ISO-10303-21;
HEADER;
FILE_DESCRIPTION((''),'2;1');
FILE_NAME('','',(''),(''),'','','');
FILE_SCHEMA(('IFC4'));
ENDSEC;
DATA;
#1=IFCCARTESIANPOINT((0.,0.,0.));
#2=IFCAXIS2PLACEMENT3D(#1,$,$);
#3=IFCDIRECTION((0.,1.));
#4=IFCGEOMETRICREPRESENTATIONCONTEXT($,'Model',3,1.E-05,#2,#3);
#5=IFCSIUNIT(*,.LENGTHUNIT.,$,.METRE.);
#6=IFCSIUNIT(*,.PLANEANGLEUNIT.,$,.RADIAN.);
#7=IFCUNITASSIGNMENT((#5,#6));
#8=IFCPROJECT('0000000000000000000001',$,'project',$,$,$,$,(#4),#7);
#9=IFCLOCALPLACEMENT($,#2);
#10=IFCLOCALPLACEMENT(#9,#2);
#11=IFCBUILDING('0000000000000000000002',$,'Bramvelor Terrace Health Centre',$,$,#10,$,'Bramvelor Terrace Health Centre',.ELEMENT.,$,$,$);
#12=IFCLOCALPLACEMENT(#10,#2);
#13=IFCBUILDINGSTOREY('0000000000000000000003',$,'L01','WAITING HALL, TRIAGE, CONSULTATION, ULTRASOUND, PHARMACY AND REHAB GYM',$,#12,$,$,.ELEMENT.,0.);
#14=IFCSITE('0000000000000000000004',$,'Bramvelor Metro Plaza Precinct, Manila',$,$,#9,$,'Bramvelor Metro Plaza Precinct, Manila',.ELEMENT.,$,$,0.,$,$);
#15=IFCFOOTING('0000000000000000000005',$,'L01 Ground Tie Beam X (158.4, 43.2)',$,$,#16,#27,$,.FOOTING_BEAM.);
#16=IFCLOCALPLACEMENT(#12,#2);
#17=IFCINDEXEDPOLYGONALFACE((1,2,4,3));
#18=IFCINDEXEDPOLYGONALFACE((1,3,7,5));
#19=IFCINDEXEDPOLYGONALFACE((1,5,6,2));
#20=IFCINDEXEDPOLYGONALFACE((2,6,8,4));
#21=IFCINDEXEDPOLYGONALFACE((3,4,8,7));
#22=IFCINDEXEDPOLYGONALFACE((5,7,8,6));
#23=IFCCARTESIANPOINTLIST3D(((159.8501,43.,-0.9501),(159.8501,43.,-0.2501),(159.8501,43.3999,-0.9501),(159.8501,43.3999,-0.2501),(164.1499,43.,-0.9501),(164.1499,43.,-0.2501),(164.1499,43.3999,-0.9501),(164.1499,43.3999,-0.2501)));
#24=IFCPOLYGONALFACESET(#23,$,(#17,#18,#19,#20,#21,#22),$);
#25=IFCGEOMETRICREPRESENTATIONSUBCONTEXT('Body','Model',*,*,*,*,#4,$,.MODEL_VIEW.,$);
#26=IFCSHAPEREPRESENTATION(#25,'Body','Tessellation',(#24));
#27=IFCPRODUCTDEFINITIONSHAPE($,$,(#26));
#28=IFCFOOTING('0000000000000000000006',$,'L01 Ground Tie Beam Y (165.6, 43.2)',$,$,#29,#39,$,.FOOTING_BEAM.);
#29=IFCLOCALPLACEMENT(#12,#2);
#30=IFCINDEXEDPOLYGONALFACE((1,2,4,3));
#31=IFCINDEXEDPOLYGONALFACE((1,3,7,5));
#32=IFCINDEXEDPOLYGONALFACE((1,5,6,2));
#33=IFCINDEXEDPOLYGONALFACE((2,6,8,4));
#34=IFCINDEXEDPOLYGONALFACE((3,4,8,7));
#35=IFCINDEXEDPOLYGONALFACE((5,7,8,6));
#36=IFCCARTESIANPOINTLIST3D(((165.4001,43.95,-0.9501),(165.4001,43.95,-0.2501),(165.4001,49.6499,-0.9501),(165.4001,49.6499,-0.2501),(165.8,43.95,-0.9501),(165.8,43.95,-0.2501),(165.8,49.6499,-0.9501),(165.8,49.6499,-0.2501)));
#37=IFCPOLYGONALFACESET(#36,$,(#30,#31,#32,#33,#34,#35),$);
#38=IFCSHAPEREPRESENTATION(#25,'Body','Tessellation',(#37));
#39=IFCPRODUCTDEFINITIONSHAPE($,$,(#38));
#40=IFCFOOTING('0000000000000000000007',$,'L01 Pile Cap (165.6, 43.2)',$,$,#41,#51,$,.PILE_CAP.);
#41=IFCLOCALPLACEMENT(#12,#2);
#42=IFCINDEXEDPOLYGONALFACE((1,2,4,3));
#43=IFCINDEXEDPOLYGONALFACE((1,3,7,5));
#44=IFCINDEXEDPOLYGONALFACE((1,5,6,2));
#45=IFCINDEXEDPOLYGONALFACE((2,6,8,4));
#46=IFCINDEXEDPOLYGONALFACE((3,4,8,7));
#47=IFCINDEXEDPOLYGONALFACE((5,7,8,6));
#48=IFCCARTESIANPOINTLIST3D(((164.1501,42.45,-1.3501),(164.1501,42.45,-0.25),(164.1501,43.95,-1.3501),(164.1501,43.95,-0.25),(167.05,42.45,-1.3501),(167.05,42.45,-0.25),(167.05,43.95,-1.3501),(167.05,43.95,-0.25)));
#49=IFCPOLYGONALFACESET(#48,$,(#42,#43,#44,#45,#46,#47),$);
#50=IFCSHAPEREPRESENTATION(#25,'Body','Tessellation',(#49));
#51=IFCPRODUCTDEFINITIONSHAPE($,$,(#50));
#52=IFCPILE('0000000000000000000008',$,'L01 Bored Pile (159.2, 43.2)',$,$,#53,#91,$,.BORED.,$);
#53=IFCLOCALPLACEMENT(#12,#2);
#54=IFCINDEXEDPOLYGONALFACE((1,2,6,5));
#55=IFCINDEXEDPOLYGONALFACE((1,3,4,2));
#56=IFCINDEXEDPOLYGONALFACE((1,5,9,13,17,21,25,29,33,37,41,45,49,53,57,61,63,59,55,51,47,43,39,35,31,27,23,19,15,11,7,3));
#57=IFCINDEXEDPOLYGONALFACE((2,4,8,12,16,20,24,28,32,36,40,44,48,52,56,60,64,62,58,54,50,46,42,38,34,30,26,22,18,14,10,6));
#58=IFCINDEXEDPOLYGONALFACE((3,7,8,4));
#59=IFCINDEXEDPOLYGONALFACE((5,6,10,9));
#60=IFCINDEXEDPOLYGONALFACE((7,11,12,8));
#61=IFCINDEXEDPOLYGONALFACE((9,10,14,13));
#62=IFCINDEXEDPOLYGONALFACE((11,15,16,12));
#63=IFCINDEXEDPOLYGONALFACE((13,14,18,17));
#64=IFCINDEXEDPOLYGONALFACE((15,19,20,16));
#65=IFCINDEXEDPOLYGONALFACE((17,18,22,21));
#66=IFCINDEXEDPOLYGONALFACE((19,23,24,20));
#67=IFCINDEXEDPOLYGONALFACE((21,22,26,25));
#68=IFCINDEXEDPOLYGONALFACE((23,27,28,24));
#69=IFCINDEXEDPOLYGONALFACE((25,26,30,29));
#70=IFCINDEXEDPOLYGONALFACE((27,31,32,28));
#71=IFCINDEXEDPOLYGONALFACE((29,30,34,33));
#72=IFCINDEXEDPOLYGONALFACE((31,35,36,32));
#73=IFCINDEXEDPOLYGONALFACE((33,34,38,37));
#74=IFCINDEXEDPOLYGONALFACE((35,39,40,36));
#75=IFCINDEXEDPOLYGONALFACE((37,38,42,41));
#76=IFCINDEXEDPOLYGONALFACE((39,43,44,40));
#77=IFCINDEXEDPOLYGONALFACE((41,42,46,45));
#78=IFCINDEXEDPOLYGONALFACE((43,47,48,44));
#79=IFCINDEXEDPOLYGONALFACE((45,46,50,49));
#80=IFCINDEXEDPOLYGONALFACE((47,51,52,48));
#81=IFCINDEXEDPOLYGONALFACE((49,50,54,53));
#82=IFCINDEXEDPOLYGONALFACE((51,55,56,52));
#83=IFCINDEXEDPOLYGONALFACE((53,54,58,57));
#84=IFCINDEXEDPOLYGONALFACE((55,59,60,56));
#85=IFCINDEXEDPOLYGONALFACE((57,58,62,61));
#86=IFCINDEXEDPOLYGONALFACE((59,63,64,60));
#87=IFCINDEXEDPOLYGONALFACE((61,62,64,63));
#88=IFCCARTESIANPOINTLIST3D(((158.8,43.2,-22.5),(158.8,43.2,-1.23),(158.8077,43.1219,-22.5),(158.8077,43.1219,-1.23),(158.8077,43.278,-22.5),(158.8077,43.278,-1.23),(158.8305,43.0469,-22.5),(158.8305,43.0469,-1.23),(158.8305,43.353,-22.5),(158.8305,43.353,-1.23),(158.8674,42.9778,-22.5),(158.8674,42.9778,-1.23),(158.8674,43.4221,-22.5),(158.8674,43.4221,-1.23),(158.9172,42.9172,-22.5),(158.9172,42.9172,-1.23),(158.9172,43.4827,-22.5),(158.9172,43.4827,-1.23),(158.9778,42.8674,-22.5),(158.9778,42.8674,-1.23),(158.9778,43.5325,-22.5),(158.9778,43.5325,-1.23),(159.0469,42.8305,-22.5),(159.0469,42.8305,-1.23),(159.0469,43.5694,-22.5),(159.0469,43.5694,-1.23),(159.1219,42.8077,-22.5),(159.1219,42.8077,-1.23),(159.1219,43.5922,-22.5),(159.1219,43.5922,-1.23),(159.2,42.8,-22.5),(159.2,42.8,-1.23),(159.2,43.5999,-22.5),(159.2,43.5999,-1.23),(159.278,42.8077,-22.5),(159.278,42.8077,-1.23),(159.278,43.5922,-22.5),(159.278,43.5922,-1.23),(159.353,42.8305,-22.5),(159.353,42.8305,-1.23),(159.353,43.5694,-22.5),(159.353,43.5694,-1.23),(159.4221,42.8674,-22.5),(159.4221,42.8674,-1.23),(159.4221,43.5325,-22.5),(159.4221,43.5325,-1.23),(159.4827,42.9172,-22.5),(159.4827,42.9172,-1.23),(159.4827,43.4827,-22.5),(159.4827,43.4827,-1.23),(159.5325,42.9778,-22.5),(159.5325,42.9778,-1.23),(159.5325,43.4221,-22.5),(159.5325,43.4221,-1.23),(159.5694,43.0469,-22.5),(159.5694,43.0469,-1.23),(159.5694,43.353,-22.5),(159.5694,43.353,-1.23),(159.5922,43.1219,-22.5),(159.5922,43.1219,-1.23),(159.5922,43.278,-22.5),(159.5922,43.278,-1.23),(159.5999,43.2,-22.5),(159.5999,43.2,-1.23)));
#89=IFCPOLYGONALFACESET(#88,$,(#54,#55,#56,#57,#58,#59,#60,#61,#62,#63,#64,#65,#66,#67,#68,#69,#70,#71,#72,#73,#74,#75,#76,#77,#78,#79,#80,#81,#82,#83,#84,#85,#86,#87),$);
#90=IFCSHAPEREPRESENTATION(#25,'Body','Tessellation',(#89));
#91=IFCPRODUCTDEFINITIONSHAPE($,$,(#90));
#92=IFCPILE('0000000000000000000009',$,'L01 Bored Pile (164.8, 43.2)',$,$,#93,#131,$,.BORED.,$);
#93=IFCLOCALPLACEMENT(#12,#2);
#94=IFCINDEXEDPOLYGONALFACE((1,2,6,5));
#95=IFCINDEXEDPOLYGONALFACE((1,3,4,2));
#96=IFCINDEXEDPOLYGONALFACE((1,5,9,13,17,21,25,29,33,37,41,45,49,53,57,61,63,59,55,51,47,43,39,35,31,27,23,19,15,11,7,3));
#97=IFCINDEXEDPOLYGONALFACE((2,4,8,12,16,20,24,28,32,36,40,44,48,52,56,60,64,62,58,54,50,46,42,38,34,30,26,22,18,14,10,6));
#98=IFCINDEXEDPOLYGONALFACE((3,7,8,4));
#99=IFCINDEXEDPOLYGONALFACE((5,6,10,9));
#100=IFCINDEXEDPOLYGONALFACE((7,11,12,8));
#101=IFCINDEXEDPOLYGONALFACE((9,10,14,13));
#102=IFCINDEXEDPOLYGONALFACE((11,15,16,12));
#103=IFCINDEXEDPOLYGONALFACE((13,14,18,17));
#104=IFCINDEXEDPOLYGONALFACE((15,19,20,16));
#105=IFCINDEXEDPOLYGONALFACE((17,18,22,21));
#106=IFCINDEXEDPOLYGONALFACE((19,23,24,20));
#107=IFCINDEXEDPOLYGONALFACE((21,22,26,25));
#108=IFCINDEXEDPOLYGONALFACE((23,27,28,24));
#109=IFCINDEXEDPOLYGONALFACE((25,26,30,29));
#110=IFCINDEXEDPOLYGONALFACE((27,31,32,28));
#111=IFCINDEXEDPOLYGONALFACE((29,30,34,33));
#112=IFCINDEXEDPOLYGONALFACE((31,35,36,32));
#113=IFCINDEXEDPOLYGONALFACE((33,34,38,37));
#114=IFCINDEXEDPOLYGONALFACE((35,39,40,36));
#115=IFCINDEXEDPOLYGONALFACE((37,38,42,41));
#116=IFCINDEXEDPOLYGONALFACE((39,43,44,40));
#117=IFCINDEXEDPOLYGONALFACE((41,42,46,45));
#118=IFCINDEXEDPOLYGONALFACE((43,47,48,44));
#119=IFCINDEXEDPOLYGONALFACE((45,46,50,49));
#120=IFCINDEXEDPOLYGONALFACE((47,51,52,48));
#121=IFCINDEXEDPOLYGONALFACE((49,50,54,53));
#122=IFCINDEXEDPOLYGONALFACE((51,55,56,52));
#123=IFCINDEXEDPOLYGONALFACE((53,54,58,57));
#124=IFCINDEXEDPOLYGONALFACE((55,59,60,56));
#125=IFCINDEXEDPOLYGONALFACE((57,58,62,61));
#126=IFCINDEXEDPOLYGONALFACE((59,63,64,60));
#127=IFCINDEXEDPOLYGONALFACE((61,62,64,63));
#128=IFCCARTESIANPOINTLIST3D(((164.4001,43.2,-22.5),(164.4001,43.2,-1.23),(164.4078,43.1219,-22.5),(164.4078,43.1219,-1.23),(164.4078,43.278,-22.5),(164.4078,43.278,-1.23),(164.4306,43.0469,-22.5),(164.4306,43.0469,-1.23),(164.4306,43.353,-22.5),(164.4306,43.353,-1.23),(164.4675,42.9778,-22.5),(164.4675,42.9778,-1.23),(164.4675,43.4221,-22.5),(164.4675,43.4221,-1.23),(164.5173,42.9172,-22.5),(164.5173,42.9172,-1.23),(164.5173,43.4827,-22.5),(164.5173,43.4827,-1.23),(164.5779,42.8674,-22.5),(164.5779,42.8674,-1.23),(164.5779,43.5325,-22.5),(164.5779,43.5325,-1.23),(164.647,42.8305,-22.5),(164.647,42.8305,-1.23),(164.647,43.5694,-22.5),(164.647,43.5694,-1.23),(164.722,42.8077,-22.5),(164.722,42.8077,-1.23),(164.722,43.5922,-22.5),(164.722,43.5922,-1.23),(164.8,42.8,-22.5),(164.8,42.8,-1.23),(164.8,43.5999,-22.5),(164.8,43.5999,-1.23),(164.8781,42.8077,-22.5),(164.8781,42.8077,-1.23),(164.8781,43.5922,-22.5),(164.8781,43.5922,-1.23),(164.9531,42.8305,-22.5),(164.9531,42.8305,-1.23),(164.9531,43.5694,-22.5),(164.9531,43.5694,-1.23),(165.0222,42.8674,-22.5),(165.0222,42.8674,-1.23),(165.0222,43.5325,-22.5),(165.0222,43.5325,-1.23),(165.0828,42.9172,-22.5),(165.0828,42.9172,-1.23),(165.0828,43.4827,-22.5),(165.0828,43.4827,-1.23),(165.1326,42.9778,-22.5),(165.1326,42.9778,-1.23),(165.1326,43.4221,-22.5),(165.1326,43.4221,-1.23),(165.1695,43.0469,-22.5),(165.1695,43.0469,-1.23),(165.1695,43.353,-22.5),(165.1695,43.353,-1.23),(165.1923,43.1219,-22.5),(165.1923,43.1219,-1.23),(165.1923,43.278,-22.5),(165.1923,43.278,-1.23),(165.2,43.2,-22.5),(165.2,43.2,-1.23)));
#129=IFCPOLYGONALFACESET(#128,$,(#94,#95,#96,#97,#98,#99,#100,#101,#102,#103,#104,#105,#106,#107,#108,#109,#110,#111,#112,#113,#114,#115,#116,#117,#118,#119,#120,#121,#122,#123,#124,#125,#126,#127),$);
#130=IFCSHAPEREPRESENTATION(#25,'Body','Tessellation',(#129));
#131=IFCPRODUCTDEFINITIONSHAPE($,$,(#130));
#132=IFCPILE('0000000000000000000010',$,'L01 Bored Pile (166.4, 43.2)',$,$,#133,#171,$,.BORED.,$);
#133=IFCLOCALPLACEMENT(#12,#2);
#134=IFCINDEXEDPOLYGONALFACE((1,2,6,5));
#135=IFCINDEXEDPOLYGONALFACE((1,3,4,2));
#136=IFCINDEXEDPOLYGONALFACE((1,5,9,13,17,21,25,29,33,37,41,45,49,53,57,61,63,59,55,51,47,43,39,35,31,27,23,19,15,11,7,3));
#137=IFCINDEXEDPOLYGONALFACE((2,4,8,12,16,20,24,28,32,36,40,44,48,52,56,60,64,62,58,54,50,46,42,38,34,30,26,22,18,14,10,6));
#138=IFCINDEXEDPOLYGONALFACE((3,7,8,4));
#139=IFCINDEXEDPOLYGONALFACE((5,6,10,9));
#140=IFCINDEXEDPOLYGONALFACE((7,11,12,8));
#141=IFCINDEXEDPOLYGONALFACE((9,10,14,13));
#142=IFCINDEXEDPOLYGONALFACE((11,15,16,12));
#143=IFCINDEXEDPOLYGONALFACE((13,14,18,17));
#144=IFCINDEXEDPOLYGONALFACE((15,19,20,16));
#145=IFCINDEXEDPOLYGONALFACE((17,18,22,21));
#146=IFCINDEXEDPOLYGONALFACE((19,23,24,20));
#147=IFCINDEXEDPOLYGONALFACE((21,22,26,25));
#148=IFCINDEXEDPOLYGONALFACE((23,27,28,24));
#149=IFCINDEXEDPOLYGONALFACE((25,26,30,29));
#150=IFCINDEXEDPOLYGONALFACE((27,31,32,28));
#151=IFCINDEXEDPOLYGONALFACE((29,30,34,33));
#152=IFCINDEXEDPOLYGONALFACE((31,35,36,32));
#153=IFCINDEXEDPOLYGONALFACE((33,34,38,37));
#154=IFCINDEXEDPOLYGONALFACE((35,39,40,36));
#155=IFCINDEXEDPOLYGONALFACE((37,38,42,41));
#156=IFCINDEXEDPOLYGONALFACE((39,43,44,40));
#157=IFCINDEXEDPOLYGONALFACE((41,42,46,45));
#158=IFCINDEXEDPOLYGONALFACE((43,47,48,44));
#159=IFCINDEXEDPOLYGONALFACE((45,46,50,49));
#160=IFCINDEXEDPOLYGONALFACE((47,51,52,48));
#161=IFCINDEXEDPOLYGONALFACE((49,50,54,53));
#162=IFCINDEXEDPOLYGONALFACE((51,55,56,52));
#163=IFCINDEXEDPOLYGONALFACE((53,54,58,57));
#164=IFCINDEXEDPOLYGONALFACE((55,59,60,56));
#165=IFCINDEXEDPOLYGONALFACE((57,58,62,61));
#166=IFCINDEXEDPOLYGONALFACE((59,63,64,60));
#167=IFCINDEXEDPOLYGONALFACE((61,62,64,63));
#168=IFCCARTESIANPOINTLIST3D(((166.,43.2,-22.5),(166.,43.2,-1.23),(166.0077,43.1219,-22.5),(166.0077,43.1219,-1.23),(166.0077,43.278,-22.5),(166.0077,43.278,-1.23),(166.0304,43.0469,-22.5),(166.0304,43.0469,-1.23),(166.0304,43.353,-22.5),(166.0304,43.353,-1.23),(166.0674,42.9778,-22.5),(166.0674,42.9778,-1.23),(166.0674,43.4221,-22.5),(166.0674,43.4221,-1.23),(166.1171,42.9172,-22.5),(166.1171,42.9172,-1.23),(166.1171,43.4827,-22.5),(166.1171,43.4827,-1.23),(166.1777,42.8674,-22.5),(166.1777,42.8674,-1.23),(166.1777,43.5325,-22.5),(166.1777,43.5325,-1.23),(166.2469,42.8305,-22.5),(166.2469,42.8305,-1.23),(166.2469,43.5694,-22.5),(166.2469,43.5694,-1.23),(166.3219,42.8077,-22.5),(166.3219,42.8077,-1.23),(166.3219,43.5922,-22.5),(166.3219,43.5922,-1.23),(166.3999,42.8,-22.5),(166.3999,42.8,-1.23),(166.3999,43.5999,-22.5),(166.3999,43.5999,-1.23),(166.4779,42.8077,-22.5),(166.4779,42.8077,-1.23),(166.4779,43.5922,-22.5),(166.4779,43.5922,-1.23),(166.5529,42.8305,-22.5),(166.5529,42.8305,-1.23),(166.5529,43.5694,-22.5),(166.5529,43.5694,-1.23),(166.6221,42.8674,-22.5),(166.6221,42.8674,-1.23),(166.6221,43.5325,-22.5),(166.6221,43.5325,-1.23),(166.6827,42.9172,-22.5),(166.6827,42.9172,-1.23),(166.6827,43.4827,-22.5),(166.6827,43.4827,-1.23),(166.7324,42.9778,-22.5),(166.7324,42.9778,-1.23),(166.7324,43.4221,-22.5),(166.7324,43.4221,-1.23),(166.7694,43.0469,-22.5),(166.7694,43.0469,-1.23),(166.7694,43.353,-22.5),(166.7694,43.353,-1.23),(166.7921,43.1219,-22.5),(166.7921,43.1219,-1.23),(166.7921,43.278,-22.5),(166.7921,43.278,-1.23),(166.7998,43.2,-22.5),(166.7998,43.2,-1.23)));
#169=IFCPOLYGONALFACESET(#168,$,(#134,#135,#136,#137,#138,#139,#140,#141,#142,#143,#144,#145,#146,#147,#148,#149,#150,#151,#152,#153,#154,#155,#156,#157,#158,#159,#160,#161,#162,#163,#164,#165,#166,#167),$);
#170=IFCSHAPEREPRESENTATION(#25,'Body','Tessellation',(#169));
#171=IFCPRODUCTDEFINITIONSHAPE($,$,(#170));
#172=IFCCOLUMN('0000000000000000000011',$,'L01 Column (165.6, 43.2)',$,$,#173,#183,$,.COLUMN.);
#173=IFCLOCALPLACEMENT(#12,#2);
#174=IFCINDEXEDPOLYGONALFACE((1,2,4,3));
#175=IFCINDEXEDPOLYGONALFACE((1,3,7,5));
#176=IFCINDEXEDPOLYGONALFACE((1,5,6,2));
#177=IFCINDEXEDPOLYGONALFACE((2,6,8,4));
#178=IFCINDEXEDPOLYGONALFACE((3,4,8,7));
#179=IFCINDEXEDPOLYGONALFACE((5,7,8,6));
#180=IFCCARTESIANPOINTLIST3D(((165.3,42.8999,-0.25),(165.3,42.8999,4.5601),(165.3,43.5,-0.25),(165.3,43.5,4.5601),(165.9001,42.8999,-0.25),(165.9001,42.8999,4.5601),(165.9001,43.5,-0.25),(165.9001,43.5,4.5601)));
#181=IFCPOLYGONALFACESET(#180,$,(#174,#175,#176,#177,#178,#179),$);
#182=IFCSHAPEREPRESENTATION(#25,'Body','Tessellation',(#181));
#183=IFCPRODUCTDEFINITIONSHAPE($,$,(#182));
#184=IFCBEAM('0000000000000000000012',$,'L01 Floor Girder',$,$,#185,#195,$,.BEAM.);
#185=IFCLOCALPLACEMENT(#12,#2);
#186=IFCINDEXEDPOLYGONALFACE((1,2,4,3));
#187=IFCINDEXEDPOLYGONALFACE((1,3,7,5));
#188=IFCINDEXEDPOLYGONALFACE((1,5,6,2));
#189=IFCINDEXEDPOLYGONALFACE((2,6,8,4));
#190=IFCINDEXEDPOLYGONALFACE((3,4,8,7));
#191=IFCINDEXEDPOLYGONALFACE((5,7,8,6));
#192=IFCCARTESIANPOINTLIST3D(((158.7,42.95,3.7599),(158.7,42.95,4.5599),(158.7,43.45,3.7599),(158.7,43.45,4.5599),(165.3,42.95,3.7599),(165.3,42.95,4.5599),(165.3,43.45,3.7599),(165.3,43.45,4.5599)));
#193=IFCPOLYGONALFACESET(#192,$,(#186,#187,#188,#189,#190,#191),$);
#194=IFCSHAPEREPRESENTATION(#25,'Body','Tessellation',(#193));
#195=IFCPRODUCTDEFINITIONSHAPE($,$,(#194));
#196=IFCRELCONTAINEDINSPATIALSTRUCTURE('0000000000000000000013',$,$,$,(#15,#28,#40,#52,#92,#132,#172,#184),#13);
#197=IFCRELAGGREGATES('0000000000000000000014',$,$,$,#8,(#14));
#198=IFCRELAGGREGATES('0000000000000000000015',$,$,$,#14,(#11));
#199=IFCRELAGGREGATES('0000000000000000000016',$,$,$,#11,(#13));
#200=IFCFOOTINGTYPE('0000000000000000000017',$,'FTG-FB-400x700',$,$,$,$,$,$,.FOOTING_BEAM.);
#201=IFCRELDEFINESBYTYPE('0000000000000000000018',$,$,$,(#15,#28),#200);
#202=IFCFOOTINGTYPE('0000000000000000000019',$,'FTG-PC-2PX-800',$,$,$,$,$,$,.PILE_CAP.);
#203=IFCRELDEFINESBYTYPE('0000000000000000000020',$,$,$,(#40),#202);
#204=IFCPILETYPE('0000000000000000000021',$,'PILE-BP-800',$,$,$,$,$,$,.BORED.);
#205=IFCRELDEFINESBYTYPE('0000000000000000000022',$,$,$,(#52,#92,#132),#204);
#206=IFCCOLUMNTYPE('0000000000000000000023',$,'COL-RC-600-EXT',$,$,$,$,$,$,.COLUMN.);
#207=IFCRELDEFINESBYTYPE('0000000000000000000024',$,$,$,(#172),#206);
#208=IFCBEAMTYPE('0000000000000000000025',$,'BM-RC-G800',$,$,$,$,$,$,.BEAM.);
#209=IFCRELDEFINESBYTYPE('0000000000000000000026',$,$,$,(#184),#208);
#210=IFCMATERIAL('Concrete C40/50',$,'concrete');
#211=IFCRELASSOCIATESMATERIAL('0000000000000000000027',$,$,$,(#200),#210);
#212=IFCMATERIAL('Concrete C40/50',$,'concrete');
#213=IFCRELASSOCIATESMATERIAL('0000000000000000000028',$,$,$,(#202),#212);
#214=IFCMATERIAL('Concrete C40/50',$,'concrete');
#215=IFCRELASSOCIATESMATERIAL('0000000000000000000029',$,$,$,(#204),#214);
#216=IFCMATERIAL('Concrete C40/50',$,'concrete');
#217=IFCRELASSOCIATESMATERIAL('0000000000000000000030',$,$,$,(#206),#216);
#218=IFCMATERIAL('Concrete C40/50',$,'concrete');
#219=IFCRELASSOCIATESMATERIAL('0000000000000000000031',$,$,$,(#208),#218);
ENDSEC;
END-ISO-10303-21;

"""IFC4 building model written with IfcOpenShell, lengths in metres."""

from ifc_helpers import new_model, si_unit, direction, frame, origin, origin_2d, place, context, subcontext, project, spatial, rectangle, circle, extrude, material, material_profile, profile_set, type_object, element, save


model = new_model("IFC4")

# Units and contexts
model_context = context("Model", 3, precision=1e-05, world=origin(), true_north=direction((0.0, 1.0)))
body_context = subcontext(model_context, "Body", "Model", "MODEL_VIEW")
ifc_project = project(units=[si_unit("LENGTHUNIT", "METRE"), si_unit("PLANEANGLEUNIT", "RADIAN")], contexts=[model_context])

# Site, building, storey
site_placement = place(None, origin())
site = spatial("IfcSite", under=ifc_project, at=site_placement, Name="Bramvelor Metro Plaza Precinct, Manila", LongName="Bramvelor Metro Plaza Precinct, Manila", CompositionType="ELEMENT", RefElevation=0.0)
building_placement = place(site_placement, origin())
building = spatial("IfcBuilding", under=site, at=building_placement, Name="Bramvelor Terrace Health Centre", LongName="Bramvelor Terrace Health Centre", CompositionType="ELEMENT")
storey_placement = place(building_placement, origin())
storey = spatial("IfcBuildingStorey", under=building, at=storey_placement, Name="L01", Description="WAITING HALL, TRIAGE, CONSULTATION, ULTRASOUND, PHARMACY AND REHAB GYM", CompositionType="ELEMENT", Elevation=0.0)

# Footings
ifc_material_1 = material(Name="Concrete C40/50", Category="concrete")
ifc_material_profile_1 = material_profile(ifc_material_1, rectangle(XDim=0.3999, YDim=0.7, at=origin_2d()), Name="RC 400x700")
ifc_profile_set_1 = profile_set([ifc_material_profile_1], Name="Concrete C40/50")
footing_type_1 = type_object("IfcFootingType", Name="FTG-FB-400x700", PredefinedType="FOOTING_BEAM", material=ifc_profile_set_1)
footing_1_placement = place(storey_placement, frame((159.8501, 43.2, -0.6001), z_axis=(1.0, 0.0, 0.0), x_axis=(0.0, 1.0, 0.0)))
element("IfcFooting", 1, at=footing_1_placement, inside=storey, type_object=footing_type_1, Name="L01 Ground Tie Beam X (158.4, 43.2)", PredefinedType="FOOTING_BEAM", context=body_context, shape_type="SweptSolid", body=[
    extrude(rectangle(XDim=0.3999, YDim=0.7, at=origin_2d()), origin(), (0.0, 0.0, 1.0), 4.2998),
])
footing_2_placement = place(storey_placement, frame((165.6001, 43.95, -0.6001), z_axis=(0.0, 1.0, 0.0), x_axis=(-1.0, 0.0, 0.0)))
element("IfcFooting", 2, at=footing_2_placement, inside=storey, type_object=footing_type_1, Name="L01 Ground Tie Beam Y (165.6, 43.2)", PredefinedType="FOOTING_BEAM", context=body_context, shape_type="SweptSolid", body=[
    extrude(rectangle(XDim=0.3999, YDim=0.7, at=origin_2d()), origin(), (0.0, 0.0, 1.0), 5.7),
])
ifc_material_2 = material(Name="Concrete C40/50", Category="concrete")
footing_type_2 = type_object("IfcFootingType", Name="FTG-PC-2PX-800", PredefinedType="PILE_CAP", material=ifc_material_2)
footing_3_placement = place(storey_placement, frame((165.6001, 43.2, -1.3501), z_axis=(0.0, 0.0, 1.0), x_axis=(1.0, 0.0, 0.0)))
element("IfcFooting", 3, at=footing_3_placement, inside=storey, type_object=footing_type_2, Name="L01 Pile Cap (165.6, 43.2)", PredefinedType="PILE_CAP", context=body_context, shape_type="SweptSolid", body=[
    extrude(rectangle(XDim=2.8999, YDim=1.5, at=origin_2d()), origin(), (0.0, 0.0, 1.0), 1.1001),
])

# Piles
ifc_material_3 = material(Name="Concrete C40/50", Category="concrete")
ifc_material_profile_2 = material_profile(ifc_material_3, circle(Radius=0.3999, at=origin_2d()), Name="BP D800")
ifc_profile_set_2 = profile_set([ifc_material_profile_2], Name="Concrete C40/50")
pile_type = type_object("IfcPileType", Name="PILE-BP-800", PredefinedType="BORED", material=ifc_profile_set_2)
for number, where, z_axis, x_axis, name in (
    (4, (159.2, 43.2, -1.23), (0.0, 0.0, -1.0), (1.0, 0.0, 0.0), "L01 Bored Pile (159.2, 43.2)"),
    (5, (164.8, 43.2, -1.23), (0.0, 0.0, -1.0), (1.0, 0.0, 0.0), "L01 Bored Pile (164.8, 43.2)"),
    (6, (166.3999, 43.2, -1.23), (0.0, 0.0, -1.0), (1.0, 0.0, 0.0), "L01 Bored Pile (166.4, 43.2)"),
):
    element("IfcPile", number, at=place(storey_placement, frame(where, z_axis=z_axis, x_axis=x_axis)), inside=storey, type_object=pile_type, Name=name, PredefinedType="BORED", context=body_context, shape_type="SweptSolid", body=[
        extrude(circle(Radius=0.3999, at=origin_2d()), origin(), (0.0, 0.0, 1.0), 21.27),
    ])

# Column
ifc_material_4 = material(Name="Concrete C40/50", Category="concrete")
ifc_material_profile_3 = material_profile(ifc_material_4, rectangle(XDim=0.6001, YDim=0.6001, at=origin_2d()), Name="RC 600x600")
ifc_profile_set_3 = profile_set([ifc_material_profile_3], Name="Concrete C40/50")
column_type = type_object("IfcColumnType", Name="COL-RC-600-EXT", PredefinedType="COLUMN", material=ifc_profile_set_3)
column_placement = place(storey_placement, frame((165.6001, 43.2, -0.25), z_axis=(0.0, 0.0, 1.0), x_axis=(1.0, 0.0, 0.0)))
element("IfcColumn", 7, at=column_placement, inside=storey, type_object=column_type, Name="L01 Column (165.6, 43.2)", PredefinedType="COLUMN", context=body_context, shape_type="SweptSolid", body=[
    extrude(rectangle(XDim=0.6001, YDim=0.6001, at=origin_2d()), origin(), (0.0, 0.0, 1.0), 4.8101),
])

# Beam
ifc_material_5 = material(Name="Concrete C40/50", Category="concrete")
ifc_material_profile_4 = material_profile(ifc_material_5, rectangle(XDim=0.5, YDim=0.8, at=origin_2d()), Name="RC 500x800")
ifc_profile_set_4 = profile_set([ifc_material_profile_4], Name="Concrete C40/50")
beam_type_1 = type_object("IfcBeamType", Name="BM-RC-G800", PredefinedType="BEAM", material=ifc_profile_set_4)
beam_1_placement = place(storey_placement, frame((158.7, 43.2, 4.1599), z_axis=(1.0, 0.0, 0.0), x_axis=(0.0, 1.0, 0.0)))
element("IfcBeam", 8, at=beam_1_placement, inside=storey, type_object=beam_type_1, Name="L01 Floor Girder", PredefinedType="BEAM", context=body_context, shape_type="SweptSolid", body=[
    extrude(rectangle(XDim=0.5, YDim=0.8, at=origin_2d()), origin(), (0.0, 0.0, 1.0), 6.6001),
])

save(model, "model.ifc")
